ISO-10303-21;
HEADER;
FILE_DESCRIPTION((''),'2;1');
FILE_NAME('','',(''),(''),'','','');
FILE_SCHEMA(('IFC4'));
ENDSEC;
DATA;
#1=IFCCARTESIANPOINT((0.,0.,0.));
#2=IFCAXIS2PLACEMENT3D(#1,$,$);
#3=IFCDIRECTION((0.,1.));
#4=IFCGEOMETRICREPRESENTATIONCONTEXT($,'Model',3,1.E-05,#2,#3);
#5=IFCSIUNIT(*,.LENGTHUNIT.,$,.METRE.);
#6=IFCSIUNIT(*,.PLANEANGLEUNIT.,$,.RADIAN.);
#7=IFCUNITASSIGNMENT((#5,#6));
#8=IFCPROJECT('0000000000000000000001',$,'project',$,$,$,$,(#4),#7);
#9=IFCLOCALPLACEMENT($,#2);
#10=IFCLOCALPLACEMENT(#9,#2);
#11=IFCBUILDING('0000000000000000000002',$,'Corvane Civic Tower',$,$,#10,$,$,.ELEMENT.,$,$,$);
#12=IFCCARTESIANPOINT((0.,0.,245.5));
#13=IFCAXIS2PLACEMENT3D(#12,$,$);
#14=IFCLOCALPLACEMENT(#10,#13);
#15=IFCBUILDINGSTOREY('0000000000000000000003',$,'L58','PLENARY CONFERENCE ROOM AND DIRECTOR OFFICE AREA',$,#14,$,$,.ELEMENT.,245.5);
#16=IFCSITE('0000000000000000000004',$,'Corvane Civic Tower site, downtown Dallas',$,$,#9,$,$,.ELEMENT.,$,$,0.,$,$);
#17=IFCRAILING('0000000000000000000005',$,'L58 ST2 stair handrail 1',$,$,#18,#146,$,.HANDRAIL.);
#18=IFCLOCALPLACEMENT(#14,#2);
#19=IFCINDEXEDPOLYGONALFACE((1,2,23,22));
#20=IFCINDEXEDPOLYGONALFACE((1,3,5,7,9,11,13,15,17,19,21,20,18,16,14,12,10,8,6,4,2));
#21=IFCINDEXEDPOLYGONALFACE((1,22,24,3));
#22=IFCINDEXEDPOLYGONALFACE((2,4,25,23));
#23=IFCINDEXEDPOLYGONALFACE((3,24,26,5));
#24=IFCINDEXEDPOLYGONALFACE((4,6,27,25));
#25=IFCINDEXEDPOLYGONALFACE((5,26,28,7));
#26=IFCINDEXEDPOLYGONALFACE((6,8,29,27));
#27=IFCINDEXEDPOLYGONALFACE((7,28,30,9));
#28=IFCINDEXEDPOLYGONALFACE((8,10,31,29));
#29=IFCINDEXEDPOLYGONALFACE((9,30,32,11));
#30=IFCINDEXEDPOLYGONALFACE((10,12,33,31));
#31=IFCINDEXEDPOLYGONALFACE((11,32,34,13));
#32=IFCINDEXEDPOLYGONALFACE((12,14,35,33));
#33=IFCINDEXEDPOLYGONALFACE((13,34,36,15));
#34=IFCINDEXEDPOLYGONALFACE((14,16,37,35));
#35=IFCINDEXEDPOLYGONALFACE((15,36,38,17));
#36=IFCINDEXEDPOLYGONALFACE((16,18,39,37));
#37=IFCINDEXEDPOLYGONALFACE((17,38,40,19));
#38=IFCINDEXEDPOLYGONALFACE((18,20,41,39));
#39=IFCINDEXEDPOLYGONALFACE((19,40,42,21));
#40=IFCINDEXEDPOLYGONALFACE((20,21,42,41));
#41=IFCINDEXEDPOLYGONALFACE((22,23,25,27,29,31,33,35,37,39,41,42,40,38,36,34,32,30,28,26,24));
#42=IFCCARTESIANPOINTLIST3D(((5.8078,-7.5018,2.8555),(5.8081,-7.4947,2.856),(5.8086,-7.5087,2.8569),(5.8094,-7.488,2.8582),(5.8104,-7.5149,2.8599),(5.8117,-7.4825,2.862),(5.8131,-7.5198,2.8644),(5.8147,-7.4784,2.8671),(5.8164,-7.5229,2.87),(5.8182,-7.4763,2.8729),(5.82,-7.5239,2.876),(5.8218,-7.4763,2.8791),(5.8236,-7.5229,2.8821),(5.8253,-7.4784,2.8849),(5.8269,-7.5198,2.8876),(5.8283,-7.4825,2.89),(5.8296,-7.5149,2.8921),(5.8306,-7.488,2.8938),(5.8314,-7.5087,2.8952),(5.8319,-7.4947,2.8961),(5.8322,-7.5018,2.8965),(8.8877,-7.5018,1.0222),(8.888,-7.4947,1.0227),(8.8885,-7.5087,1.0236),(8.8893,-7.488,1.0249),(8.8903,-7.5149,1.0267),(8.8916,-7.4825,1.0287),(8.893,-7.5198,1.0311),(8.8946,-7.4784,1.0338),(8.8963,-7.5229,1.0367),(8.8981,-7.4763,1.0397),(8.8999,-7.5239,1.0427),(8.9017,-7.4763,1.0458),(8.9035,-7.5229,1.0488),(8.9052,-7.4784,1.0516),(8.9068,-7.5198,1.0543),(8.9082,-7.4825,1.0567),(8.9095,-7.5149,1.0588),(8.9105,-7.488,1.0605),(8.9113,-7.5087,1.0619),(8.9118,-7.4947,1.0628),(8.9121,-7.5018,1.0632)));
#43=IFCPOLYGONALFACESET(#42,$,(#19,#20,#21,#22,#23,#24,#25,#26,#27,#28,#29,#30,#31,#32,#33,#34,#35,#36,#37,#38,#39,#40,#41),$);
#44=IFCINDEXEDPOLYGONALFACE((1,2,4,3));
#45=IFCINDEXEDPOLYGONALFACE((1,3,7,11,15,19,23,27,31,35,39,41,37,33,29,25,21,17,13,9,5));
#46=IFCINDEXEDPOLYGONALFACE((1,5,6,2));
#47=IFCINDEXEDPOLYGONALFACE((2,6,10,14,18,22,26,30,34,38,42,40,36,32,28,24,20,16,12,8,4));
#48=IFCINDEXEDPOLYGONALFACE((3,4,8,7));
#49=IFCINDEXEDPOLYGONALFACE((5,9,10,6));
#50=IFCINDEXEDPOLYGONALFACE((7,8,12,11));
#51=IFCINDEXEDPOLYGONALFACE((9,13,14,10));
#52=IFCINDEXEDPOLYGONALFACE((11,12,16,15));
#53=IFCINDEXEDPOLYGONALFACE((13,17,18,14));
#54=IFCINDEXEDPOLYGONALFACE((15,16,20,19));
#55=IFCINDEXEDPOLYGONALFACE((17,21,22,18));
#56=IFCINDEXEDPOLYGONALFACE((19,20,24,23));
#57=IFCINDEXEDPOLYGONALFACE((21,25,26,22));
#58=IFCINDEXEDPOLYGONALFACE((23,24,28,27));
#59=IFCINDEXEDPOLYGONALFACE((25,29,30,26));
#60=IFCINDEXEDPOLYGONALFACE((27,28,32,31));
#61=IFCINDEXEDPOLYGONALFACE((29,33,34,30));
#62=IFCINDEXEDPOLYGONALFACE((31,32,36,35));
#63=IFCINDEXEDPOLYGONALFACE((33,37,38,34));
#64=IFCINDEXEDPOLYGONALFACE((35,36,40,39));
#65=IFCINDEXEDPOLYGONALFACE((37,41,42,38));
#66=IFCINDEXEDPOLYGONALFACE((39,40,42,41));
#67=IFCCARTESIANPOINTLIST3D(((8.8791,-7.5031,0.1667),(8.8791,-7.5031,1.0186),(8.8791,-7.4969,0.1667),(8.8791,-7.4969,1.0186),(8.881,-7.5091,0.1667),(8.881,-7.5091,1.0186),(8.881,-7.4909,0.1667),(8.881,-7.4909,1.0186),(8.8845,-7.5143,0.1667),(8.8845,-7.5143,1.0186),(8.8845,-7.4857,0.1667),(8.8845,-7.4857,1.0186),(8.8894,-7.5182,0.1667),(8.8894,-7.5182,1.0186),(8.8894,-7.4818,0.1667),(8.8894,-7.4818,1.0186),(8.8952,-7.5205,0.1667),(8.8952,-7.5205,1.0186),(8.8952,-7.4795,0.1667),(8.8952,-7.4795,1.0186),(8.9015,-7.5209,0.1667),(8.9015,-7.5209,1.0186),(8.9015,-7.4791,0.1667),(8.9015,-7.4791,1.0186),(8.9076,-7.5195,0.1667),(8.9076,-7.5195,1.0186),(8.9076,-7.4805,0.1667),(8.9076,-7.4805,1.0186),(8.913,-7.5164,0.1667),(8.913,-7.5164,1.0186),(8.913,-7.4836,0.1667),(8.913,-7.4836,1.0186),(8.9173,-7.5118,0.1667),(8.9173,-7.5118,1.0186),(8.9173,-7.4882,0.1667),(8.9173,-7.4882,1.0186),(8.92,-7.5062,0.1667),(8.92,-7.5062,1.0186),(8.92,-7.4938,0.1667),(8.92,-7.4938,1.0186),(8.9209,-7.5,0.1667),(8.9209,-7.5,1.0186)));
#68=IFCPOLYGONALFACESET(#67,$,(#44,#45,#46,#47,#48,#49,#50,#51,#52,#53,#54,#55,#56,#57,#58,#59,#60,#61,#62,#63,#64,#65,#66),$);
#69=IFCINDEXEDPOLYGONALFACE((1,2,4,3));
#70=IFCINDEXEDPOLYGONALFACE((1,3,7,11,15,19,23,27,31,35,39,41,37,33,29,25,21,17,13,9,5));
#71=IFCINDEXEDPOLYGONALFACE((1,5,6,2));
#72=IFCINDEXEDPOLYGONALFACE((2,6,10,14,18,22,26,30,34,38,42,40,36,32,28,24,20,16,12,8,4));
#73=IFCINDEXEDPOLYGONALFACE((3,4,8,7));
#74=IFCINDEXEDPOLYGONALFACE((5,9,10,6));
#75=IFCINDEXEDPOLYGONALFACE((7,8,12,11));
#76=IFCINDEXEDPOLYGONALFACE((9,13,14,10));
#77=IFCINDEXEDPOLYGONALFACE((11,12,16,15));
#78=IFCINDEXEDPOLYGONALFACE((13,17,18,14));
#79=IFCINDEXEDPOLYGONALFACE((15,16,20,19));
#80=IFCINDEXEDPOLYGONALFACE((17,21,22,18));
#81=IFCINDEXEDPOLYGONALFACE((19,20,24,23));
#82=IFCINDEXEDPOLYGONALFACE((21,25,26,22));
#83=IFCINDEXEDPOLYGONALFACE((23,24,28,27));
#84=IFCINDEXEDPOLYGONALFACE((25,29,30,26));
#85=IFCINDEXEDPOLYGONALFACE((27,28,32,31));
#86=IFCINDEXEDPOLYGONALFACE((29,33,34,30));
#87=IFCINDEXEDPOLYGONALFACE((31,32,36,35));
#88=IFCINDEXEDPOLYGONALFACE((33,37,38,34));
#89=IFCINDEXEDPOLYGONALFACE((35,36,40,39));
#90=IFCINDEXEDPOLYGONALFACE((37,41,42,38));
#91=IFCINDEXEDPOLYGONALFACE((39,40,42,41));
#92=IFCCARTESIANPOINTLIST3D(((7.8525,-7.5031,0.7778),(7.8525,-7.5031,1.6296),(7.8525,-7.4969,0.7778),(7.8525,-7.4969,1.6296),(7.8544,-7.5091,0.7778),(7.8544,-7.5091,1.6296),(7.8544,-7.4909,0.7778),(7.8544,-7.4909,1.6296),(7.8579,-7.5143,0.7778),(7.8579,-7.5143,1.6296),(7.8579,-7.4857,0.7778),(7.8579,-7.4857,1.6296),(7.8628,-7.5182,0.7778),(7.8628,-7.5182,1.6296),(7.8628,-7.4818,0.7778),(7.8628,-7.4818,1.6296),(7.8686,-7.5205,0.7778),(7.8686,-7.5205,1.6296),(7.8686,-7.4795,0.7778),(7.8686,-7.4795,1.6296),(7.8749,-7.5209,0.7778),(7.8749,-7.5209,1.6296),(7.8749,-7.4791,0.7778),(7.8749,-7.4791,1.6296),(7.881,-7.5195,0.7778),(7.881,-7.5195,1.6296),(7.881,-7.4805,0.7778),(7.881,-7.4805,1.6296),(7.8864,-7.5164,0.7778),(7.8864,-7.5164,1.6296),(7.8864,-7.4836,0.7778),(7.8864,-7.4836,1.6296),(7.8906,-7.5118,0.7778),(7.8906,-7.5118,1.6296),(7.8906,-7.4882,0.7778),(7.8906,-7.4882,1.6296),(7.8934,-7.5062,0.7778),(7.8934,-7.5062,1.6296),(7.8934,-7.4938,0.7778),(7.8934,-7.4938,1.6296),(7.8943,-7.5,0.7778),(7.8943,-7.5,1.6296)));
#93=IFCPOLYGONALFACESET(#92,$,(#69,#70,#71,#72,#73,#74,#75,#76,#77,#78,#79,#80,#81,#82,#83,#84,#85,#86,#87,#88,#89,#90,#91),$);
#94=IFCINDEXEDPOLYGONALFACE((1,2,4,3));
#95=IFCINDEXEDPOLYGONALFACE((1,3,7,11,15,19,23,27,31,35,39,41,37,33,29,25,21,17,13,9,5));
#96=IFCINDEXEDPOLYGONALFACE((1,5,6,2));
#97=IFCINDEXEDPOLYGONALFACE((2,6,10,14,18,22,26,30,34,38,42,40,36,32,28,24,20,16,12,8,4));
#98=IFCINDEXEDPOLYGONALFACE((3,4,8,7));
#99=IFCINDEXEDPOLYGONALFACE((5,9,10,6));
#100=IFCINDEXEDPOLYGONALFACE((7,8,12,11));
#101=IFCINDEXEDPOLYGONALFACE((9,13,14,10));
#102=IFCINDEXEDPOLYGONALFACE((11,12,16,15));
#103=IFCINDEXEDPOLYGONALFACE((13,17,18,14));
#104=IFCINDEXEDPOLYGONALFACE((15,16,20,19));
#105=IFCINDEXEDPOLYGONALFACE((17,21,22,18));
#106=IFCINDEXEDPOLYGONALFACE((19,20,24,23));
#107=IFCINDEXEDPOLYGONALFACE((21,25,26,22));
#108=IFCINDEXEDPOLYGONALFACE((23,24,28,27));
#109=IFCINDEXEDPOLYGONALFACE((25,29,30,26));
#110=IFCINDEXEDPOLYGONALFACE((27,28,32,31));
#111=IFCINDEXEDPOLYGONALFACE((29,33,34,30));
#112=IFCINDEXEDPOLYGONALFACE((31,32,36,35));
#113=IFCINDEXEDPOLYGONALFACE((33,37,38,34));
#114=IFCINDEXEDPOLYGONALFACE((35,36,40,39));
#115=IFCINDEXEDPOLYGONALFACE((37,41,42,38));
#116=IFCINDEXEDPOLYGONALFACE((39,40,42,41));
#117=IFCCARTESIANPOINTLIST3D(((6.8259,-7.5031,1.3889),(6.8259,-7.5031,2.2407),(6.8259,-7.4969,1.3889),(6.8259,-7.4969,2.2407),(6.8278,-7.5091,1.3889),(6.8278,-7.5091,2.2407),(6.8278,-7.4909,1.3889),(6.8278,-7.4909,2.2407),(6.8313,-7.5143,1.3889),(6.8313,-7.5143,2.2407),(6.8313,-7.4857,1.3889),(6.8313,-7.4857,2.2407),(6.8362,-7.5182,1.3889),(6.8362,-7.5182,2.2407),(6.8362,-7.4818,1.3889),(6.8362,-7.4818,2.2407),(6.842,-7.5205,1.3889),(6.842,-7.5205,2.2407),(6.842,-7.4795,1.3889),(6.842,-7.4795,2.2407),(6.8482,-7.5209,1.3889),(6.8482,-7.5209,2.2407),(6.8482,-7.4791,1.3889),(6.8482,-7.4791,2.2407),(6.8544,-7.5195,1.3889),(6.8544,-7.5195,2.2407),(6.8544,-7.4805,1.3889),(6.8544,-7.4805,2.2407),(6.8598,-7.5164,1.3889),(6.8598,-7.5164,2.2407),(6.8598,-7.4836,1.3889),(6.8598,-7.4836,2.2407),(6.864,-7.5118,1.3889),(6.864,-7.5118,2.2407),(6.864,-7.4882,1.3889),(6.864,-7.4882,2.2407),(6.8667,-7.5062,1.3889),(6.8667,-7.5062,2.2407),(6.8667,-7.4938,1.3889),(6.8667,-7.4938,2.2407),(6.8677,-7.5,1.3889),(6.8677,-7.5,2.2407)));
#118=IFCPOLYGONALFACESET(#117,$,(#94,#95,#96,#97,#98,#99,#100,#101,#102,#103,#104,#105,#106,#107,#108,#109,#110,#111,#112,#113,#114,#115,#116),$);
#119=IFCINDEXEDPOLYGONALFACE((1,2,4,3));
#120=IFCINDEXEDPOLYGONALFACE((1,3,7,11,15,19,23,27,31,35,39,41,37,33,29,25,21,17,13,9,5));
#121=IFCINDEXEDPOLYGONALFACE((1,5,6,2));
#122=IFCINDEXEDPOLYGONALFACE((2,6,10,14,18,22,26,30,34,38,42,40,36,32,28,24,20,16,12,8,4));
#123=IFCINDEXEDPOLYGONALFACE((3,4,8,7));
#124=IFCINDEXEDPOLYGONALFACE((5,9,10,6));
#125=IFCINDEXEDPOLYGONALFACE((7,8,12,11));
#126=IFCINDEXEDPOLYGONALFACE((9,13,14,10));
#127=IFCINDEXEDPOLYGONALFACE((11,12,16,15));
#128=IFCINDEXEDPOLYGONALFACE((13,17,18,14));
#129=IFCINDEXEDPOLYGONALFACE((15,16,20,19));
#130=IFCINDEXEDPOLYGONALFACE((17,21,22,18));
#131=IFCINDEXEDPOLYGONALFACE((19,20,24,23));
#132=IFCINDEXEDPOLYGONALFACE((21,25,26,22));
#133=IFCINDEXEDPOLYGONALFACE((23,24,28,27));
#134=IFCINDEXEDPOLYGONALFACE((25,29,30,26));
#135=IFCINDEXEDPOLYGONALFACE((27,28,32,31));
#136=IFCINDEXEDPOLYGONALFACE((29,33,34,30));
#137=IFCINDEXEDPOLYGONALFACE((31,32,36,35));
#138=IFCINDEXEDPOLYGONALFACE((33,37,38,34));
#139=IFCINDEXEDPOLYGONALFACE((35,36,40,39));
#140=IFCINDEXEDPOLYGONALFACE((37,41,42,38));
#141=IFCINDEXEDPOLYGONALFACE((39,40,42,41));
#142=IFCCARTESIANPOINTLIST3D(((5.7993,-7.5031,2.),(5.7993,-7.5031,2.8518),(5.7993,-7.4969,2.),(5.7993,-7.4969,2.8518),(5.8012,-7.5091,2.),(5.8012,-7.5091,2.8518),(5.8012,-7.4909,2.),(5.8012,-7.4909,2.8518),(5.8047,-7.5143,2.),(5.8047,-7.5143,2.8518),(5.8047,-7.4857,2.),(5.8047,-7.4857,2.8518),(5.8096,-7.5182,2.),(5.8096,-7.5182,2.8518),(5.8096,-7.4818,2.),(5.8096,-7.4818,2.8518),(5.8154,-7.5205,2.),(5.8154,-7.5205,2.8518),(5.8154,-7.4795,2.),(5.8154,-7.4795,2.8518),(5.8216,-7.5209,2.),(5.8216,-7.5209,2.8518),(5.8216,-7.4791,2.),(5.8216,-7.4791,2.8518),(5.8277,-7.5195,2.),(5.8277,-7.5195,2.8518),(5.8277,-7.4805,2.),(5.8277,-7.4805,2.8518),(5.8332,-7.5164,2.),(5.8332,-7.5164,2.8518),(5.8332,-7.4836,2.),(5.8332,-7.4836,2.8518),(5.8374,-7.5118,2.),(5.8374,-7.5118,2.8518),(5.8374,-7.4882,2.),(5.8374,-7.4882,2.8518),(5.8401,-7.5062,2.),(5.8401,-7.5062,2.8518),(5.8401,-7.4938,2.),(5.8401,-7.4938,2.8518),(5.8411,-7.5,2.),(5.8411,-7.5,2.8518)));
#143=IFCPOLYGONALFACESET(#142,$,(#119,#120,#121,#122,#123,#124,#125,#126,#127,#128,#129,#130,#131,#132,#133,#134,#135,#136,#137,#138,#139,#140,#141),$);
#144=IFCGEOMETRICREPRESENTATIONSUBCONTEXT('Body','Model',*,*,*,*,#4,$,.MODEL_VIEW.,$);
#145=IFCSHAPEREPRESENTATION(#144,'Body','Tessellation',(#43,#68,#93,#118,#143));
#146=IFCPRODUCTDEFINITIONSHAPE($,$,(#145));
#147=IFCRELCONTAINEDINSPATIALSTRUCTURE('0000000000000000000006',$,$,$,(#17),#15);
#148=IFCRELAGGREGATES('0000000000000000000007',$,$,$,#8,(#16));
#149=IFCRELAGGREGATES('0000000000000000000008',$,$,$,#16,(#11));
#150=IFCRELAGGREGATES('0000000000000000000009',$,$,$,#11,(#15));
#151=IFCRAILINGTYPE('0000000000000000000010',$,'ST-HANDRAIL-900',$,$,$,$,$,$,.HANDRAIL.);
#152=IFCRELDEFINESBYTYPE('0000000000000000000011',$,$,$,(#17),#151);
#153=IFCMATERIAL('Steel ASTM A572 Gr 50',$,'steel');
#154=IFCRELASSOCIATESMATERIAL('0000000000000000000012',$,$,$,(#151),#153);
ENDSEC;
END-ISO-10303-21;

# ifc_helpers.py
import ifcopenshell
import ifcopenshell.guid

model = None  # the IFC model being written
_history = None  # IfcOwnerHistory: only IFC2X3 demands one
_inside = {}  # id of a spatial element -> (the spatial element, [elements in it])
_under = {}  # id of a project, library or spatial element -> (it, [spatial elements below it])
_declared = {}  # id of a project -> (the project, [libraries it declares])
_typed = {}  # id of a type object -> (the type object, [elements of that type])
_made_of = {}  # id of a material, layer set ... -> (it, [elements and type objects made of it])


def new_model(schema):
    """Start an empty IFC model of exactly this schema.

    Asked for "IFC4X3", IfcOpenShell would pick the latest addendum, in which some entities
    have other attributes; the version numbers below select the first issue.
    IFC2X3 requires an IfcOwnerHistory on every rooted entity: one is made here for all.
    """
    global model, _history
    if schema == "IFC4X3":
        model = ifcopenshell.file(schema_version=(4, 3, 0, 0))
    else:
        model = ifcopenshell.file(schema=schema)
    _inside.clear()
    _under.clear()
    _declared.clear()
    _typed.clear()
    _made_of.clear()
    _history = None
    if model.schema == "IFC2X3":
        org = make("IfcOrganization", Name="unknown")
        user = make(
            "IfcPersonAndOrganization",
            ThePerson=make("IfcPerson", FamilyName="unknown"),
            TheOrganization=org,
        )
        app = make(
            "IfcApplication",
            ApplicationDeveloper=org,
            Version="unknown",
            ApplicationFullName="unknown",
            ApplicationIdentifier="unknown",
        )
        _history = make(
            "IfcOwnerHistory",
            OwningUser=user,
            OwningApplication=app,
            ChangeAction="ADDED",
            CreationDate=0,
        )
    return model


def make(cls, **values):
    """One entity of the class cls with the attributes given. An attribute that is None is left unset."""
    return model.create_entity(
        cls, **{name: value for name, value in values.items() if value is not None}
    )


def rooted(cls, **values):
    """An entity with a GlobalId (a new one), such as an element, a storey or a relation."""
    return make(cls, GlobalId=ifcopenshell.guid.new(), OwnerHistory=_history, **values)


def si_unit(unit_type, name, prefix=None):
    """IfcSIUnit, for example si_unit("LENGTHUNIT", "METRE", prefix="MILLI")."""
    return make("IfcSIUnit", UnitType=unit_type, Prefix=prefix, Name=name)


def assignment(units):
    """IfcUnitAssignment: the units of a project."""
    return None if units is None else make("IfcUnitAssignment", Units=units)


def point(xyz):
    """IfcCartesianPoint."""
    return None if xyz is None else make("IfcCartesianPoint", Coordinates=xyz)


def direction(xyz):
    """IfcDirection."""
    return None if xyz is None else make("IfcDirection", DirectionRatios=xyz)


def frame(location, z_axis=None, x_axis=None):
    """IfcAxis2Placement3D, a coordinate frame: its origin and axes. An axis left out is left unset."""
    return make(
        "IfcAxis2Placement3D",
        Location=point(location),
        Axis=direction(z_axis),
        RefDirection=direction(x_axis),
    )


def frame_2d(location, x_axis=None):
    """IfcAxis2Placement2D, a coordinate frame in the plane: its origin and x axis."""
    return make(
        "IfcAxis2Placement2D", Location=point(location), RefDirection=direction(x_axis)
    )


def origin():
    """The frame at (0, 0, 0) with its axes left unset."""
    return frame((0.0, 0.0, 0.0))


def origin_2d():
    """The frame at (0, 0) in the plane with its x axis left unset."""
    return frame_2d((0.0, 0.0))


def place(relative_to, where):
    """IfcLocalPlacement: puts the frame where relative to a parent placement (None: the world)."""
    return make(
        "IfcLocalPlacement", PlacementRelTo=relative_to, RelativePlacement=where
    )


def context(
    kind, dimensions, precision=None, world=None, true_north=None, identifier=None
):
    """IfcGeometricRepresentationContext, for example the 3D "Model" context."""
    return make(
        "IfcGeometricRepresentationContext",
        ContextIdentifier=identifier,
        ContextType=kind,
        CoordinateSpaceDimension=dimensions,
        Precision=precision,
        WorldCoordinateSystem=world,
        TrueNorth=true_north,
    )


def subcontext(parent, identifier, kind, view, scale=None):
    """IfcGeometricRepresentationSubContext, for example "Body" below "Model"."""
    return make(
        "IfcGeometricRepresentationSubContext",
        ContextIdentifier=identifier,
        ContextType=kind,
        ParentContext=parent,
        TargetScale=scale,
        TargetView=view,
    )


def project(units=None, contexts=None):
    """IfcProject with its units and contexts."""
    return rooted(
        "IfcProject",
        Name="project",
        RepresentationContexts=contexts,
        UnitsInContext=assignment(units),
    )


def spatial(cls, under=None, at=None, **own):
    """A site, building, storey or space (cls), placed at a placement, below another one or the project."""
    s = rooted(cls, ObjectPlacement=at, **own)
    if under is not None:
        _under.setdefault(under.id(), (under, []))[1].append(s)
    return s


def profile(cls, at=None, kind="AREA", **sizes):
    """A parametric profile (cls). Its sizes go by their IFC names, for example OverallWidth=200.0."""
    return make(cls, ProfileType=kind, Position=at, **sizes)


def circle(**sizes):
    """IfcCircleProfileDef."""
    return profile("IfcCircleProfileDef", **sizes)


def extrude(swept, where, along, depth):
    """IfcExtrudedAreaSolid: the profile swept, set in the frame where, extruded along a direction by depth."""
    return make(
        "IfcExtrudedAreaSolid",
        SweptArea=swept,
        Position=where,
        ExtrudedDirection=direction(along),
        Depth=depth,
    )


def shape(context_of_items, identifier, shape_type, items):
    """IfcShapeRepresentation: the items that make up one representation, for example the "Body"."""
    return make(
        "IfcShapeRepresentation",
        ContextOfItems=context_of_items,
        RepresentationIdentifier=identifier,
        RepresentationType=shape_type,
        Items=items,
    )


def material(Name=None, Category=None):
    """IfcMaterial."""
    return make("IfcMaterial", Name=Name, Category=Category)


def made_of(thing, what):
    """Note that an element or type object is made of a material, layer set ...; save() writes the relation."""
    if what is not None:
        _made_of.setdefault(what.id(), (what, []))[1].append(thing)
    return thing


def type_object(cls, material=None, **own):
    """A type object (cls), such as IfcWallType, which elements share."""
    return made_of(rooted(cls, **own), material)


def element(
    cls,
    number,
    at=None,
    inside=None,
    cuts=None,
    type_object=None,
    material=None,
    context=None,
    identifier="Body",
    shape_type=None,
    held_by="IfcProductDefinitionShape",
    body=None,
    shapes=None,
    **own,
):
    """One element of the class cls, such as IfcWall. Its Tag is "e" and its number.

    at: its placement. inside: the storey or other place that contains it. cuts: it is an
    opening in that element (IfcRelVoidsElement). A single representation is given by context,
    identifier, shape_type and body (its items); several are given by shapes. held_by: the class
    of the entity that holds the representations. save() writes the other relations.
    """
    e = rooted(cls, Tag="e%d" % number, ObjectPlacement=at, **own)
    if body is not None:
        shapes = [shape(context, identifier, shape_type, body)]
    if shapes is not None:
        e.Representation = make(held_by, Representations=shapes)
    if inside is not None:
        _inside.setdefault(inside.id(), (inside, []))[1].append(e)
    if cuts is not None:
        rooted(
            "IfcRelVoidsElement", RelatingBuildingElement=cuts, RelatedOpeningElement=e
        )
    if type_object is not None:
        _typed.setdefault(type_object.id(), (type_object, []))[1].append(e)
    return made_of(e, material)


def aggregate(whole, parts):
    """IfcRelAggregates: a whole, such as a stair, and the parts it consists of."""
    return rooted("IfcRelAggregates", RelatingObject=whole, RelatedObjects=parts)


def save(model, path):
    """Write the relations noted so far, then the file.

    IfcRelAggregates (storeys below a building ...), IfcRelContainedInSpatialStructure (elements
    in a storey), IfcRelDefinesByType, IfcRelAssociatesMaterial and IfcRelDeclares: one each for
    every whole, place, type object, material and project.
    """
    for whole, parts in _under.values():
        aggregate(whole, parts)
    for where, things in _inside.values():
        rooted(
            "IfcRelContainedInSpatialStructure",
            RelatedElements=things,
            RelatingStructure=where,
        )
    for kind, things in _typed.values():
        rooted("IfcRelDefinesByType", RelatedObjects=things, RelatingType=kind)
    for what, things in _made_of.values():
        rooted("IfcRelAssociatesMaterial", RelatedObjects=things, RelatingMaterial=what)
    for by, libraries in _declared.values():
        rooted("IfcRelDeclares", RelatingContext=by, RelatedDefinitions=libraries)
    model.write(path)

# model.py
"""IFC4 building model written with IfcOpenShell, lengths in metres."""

from ifc_helpers import new_model, si_unit, direction, frame, origin, origin_2d, place, context, subcontext, project, spatial, circle, extrude, material, type_object, element, save


model = new_model("IFC4")

# Units and contexts
model_context = context("Model", 3, precision=1e-05, world=origin(), true_north=direction((0.0, 1.0)))
body_context = subcontext(model_context, "Body", "Model", "MODEL_VIEW")
ifc_project = project(units=[si_unit("LENGTHUNIT", "METRE"), si_unit("PLANEANGLEUNIT", "RADIAN")], contexts=[model_context])

# Site, building, storey
site_placement = place(None, origin())
site = spatial("IfcSite", under=ifc_project, at=site_placement, Name="Corvane Civic Tower site, downtown Dallas", CompositionType="ELEMENT", RefElevation=0.0)
building_placement = place(site_placement, origin())
building = spatial("IfcBuilding", under=site, at=building_placement, Name="Corvane Civic Tower", CompositionType="ELEMENT")
storey_placement = place(building_placement, frame((0.0, 0.0, 245.5)))
storey = spatial("IfcBuildingStorey", under=building, at=storey_placement, Name="L58", Description="PLENARY CONFERENCE ROOM AND DIRECTOR OFFICE AREA", CompositionType="ELEMENT", Elevation=245.5)

# Railing
ifc_material_1 = material(Name="Steel ASTM A572 Gr 50", Category="steel")
railing_type_1 = type_object("IfcRailingType", Name="ST-HANDRAIL-900", PredefinedType="HANDRAIL", material=ifc_material_1)
railing_1_placement = place(storey_placement, frame((8.8999, -7.5, 0.1667)))
element("IfcRailing", 1, at=railing_1_placement, inside=storey, type_object=railing_type_1, Name="L58 ST2 stair handrail 1", PredefinedType="HANDRAIL", context=body_context, shape_type="SweptSolid", body=[
    extrude(circle(Radius=0.0239, at=origin_2d()), frame((0.0, 0.0, 0.876), z_axis=(-0.859291, 0.0, 0.511487), x_axis=(0.0, -1.0, 0.0)), (0.0, 0.0, 1.0), 3.5842),
    extrude(circle(Radius=0.021, at=origin_2d()), origin(), (0.0, 0.0, 1.0), 0.8518),
    extrude(circle(Radius=0.021, at=origin_2d()), frame((-1.0266, 0.0, 0.6111)), (0.0, 0.0, 1.0), 0.8518),
    extrude(circle(Radius=0.021, at=origin_2d()), frame((-2.0532, 0.0, 1.2222)), (0.0, 0.0, 1.0), 0.8518),
    extrude(circle(Radius=0.021, at=origin_2d()), frame((-3.0798, 0.0, 1.8333)), (0.0, 0.0, 1.0), 0.8518),
])

save(model, "model.ifc")
